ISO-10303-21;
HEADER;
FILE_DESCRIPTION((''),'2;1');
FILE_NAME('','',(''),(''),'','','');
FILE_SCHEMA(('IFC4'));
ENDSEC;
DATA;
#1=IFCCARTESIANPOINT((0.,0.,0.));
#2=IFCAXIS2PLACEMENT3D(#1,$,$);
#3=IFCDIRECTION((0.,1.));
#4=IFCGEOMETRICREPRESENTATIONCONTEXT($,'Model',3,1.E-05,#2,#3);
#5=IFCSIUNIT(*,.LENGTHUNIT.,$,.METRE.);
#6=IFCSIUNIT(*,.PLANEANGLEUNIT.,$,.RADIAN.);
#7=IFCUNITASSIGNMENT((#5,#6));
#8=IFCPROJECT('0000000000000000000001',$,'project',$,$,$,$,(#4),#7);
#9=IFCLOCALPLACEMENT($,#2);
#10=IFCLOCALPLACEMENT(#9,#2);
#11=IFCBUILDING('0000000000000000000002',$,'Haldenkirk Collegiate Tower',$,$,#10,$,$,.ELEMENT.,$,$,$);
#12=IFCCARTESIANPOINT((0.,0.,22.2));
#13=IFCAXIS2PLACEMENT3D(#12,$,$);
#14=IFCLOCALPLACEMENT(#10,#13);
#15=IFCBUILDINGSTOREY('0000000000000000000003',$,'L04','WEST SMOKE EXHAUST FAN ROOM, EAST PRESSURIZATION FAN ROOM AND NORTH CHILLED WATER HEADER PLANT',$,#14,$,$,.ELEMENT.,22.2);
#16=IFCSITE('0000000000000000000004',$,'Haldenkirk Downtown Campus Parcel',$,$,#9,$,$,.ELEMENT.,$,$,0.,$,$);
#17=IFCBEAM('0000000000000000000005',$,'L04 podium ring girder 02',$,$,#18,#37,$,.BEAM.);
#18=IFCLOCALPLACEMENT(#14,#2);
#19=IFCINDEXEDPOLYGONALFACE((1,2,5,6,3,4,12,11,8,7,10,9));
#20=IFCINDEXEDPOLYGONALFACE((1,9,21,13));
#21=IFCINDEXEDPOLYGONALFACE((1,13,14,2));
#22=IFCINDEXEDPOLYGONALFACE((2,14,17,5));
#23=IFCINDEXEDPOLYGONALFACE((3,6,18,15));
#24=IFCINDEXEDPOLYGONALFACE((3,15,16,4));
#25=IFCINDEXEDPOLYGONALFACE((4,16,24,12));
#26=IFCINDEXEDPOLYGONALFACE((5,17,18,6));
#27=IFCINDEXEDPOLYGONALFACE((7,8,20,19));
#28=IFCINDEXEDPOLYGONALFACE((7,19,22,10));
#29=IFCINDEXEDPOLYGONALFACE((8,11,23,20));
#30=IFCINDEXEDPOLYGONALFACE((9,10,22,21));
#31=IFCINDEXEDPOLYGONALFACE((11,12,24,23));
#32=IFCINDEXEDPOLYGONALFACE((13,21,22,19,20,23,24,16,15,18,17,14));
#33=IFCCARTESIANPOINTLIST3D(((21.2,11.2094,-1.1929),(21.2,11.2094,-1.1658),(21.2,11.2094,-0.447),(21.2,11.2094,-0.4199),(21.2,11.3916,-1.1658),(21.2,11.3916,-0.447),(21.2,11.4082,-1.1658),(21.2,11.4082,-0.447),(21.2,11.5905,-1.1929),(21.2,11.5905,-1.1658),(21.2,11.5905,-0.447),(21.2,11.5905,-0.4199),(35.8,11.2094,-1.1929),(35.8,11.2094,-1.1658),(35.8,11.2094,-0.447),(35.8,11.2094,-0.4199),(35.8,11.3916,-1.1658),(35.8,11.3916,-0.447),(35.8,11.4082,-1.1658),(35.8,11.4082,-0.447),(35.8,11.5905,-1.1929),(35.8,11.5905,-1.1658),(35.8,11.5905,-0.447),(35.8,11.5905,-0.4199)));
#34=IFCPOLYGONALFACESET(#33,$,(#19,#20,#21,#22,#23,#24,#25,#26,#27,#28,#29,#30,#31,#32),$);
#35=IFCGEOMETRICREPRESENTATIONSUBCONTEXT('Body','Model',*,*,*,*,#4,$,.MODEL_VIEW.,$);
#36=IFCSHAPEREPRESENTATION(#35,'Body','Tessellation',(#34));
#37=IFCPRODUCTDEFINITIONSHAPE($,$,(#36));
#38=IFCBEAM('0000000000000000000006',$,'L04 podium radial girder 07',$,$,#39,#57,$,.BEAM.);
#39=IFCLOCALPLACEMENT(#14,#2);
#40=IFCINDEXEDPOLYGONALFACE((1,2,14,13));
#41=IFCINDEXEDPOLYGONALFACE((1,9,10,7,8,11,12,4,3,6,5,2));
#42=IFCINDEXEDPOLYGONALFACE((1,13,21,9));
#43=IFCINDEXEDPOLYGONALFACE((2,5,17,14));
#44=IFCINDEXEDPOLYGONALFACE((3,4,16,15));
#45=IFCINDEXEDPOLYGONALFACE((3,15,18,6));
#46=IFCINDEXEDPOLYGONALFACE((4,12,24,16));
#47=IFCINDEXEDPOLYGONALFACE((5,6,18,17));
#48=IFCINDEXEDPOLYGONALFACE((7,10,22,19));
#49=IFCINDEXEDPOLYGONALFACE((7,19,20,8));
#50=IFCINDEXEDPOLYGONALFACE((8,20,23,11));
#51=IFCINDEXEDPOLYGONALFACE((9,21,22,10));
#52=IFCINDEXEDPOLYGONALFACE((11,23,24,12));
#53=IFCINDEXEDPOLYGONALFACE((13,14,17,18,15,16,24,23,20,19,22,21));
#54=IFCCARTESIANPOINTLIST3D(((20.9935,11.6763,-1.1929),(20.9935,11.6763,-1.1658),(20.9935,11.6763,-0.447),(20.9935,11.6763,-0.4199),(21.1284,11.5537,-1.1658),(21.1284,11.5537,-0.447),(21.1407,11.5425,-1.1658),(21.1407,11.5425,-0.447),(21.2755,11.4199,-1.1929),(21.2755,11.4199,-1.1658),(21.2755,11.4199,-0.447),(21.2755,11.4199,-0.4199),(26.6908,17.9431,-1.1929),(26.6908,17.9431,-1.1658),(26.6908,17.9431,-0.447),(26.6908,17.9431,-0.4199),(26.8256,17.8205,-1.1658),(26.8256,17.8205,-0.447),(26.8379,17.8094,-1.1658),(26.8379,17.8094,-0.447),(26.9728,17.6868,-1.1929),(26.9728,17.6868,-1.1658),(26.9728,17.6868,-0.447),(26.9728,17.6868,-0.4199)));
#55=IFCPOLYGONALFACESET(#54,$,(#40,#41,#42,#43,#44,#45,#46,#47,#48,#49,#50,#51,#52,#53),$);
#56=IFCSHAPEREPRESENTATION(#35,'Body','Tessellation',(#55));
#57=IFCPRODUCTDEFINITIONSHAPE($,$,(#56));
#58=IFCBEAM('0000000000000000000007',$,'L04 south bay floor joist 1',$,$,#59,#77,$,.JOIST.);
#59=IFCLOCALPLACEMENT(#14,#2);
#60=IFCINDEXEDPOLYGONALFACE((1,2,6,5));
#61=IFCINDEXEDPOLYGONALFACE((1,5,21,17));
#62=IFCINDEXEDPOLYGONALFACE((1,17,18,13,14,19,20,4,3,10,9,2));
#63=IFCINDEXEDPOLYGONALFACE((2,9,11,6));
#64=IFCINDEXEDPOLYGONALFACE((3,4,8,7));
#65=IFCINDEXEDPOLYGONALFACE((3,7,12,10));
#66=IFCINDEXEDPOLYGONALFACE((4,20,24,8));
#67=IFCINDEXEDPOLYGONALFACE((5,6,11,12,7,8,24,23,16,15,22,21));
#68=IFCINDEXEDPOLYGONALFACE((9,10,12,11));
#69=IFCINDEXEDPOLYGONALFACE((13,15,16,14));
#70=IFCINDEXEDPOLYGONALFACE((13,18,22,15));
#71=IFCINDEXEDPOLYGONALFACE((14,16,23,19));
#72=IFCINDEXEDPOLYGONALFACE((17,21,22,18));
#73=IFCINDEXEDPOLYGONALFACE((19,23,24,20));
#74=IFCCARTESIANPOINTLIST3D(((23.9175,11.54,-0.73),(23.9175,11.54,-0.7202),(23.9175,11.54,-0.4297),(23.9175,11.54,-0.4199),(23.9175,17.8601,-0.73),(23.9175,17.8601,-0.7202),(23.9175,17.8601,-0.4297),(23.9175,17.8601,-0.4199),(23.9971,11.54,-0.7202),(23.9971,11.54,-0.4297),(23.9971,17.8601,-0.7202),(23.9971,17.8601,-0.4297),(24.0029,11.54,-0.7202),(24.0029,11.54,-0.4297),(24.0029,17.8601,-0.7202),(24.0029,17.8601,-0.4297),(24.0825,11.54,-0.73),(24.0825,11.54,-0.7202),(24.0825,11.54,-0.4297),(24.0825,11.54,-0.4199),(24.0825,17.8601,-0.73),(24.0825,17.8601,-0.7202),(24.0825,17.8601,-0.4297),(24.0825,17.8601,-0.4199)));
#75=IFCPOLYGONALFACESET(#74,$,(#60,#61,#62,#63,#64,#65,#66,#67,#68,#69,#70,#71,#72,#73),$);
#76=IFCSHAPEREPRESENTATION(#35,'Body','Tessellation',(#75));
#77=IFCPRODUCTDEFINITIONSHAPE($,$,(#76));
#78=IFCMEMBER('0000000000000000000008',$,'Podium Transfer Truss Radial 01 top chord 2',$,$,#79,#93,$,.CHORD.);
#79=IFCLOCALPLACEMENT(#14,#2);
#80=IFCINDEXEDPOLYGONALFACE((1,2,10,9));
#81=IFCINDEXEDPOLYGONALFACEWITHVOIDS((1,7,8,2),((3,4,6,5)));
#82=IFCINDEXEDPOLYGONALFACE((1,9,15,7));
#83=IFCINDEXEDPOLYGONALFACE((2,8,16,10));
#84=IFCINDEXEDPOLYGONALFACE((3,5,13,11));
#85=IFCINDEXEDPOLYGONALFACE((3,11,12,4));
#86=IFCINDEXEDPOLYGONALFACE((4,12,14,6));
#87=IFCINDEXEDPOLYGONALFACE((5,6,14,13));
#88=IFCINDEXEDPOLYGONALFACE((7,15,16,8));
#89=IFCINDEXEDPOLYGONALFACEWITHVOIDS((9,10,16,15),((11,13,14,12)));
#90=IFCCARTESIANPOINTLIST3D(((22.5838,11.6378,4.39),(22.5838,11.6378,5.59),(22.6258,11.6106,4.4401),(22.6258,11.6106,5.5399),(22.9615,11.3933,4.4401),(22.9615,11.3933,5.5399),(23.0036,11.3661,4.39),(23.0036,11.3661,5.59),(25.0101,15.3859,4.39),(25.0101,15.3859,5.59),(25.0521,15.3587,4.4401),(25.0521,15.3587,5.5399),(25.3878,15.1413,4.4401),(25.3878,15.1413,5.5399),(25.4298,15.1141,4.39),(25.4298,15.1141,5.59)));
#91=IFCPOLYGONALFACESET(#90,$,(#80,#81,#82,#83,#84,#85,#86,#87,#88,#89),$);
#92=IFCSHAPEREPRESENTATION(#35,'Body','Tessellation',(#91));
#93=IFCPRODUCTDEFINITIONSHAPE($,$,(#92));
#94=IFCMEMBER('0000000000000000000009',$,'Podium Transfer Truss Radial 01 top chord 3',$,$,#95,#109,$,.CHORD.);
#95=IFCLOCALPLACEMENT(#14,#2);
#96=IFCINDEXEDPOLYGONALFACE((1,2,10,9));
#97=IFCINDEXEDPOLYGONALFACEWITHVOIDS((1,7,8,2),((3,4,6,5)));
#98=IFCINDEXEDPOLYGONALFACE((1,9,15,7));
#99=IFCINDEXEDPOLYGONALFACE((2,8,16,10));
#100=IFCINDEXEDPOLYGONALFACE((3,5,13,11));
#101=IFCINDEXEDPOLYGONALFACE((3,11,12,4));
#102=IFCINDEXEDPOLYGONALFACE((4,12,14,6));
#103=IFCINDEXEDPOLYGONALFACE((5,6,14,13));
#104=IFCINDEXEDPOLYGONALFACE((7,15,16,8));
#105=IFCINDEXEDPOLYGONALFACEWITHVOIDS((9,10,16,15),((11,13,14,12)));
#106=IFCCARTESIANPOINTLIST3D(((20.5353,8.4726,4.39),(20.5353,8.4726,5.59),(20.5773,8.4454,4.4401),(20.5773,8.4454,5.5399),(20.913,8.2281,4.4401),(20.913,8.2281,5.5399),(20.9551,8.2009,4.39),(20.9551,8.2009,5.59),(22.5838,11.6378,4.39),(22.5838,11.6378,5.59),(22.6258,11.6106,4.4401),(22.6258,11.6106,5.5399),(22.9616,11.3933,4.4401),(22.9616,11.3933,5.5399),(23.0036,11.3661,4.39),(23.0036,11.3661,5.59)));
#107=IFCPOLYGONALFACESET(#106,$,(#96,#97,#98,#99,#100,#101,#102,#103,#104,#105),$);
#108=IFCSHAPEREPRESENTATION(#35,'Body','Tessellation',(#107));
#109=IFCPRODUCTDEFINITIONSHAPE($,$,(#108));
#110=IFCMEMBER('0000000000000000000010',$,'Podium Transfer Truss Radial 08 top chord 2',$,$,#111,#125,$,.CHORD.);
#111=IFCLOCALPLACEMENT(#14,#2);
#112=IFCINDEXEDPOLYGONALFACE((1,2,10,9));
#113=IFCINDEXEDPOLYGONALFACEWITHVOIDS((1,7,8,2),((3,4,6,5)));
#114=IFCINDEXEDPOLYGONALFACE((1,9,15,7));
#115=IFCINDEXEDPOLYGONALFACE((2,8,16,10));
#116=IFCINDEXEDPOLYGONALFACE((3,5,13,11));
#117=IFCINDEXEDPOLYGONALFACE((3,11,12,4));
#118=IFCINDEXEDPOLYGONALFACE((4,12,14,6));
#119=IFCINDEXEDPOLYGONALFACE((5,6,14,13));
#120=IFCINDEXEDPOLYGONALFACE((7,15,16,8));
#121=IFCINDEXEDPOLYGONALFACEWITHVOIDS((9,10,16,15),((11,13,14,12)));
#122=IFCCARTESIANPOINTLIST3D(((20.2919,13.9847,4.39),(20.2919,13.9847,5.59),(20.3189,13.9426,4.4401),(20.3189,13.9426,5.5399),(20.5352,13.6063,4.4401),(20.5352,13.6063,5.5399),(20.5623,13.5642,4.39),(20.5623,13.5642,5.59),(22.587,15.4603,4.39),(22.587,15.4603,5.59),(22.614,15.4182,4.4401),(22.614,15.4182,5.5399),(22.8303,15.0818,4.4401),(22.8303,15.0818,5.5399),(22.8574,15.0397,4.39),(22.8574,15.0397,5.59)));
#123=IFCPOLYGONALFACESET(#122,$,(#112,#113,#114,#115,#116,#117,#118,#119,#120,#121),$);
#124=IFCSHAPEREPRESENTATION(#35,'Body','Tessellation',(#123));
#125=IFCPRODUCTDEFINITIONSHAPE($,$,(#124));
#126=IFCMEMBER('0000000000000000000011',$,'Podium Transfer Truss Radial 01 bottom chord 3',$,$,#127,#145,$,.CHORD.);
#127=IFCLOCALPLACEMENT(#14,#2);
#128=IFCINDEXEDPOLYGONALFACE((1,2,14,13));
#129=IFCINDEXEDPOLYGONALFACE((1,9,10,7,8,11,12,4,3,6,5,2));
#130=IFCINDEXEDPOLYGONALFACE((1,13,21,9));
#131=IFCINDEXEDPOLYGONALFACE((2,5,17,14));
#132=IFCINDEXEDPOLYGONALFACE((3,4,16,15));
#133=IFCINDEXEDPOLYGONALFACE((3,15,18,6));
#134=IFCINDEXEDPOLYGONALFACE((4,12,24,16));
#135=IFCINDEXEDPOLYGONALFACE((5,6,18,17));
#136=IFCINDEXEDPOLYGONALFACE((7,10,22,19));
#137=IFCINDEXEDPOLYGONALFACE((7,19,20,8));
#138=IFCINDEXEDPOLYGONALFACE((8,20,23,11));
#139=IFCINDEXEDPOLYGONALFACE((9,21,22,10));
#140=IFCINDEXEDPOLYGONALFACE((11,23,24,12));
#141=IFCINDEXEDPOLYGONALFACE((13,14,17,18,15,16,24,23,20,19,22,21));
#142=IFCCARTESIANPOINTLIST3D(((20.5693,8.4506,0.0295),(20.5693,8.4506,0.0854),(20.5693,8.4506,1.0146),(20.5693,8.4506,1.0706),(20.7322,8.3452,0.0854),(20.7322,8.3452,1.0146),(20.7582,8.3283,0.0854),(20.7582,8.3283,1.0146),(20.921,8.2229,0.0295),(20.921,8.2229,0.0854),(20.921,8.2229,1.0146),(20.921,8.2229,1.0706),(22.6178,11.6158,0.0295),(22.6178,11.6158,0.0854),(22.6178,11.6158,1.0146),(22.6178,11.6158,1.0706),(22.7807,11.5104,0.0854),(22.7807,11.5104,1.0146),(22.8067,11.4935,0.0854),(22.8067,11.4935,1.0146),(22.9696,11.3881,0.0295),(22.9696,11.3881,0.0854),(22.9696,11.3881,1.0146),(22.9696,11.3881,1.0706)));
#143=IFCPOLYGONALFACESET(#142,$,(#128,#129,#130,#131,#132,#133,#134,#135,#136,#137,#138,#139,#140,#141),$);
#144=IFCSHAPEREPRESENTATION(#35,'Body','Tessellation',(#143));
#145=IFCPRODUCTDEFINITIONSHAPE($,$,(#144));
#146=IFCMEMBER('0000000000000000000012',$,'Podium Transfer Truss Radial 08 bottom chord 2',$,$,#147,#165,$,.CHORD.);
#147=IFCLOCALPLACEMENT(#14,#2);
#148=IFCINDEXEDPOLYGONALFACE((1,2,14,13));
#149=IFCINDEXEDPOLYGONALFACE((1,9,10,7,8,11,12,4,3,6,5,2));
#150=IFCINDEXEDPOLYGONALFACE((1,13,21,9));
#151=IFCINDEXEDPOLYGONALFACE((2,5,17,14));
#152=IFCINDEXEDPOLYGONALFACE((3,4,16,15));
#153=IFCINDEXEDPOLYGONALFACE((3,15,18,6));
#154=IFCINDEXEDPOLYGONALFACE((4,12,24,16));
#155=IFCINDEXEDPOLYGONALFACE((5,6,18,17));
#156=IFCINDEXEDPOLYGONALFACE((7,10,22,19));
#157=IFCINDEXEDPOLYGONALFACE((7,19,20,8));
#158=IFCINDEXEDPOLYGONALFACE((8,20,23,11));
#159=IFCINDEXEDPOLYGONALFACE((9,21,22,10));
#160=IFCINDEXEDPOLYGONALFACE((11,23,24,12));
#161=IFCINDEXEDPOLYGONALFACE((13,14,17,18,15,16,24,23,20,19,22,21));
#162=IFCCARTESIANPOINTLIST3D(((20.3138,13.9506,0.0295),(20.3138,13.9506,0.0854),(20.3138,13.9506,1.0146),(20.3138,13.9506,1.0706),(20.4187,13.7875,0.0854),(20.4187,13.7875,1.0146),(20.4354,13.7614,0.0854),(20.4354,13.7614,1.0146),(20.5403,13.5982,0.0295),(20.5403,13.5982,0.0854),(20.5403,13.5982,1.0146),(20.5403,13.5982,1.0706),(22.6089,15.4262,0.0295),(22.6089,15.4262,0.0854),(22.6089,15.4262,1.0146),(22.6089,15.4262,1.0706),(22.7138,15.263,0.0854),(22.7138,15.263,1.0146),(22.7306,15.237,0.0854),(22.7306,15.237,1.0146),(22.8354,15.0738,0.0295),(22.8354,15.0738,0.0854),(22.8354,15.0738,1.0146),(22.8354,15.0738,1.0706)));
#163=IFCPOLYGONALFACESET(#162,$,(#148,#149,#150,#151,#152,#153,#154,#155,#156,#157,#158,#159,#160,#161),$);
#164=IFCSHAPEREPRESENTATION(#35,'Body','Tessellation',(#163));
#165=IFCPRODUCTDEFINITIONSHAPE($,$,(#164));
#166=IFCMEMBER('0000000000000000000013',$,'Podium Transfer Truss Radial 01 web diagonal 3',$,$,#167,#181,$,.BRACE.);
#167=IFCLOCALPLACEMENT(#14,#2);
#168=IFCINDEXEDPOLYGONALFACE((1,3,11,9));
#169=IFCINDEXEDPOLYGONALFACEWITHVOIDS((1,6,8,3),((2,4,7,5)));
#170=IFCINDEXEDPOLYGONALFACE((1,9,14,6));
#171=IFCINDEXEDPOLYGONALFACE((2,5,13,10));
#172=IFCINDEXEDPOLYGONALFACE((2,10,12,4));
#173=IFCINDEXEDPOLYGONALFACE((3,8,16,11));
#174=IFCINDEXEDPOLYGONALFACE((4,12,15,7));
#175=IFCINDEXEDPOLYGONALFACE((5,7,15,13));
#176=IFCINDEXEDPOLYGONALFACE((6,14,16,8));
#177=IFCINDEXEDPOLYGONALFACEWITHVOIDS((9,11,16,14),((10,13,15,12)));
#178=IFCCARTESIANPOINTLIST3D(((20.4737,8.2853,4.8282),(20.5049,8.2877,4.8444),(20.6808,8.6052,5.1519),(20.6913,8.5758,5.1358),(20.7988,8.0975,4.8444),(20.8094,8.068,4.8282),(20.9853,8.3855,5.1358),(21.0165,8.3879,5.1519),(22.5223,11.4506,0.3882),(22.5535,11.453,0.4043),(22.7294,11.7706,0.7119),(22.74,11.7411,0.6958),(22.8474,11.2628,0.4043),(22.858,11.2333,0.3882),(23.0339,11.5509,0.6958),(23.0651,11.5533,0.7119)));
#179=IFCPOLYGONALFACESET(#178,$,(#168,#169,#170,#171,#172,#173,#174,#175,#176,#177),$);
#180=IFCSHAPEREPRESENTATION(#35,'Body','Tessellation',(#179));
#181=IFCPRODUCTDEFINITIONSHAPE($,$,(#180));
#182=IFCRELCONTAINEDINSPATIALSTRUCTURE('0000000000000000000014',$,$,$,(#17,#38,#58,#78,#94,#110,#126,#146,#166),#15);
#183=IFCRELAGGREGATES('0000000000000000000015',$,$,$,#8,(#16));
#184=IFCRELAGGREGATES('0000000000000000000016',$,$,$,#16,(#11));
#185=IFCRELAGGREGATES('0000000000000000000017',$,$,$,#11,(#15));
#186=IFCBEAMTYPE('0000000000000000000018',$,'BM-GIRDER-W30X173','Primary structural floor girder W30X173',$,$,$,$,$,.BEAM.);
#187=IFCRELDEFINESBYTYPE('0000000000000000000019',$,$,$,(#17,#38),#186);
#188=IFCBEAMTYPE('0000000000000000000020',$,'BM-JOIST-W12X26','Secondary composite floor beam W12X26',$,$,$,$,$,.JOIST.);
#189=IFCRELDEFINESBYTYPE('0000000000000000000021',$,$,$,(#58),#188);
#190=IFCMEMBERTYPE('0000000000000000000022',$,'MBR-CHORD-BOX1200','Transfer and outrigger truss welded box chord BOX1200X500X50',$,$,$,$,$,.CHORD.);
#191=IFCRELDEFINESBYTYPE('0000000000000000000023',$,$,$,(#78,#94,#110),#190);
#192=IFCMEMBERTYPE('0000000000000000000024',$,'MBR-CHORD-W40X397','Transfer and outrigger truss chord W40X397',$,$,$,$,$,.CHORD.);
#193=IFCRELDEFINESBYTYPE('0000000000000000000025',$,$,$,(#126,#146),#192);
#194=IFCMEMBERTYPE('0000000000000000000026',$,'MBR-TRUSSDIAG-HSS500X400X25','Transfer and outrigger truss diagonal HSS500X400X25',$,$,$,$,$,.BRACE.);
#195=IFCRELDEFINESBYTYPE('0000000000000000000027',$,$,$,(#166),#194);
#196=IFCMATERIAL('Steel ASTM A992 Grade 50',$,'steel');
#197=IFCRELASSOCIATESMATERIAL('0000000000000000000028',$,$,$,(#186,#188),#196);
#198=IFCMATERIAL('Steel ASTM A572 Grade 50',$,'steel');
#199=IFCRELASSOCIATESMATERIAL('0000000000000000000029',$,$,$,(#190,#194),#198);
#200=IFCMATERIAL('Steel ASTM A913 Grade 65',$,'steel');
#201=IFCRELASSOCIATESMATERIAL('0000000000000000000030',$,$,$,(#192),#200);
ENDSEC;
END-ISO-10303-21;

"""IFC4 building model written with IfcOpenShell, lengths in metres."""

from ifc_helpers import new_model, si_unit, direction, frame, origin, origin_2d, place, context, subcontext, project, spatial, hollow_rectangle, i_section, extrude, material, material_profile, profile_set, type_object, element, save


model = new_model("IFC4")

# Units and contexts
model_context = context("Model", 3, precision=1e-05, world=origin(), true_north=direction((0.0, 1.0)))
body_context = subcontext(model_context, "Body", "Model", "MODEL_VIEW")
ifc_project = project(units=[si_unit("LENGTHUNIT", "METRE"), si_unit("PLANEANGLEUNIT", "RADIAN")], contexts=[model_context])

# Site, building, storey
site_placement = place(None, origin())
site = spatial("IfcSite", under=ifc_project, at=site_placement, Name="Haldenkirk Downtown Campus Parcel", CompositionType="ELEMENT", RefElevation=0.0)
building_placement = place(site_placement, origin())
building = spatial("IfcBuilding", under=site, at=building_placement, Name="Haldenkirk Collegiate Tower", CompositionType="ELEMENT")
storey_placement = place(building_placement, frame((0.0, 0.0, 22.2)))
storey = spatial("IfcBuildingStorey", under=building, at=storey_placement, Name="L04", Description="WEST SMOKE EXHAUST FAN ROOM, EAST PRESSURIZATION FAN ROOM AND NORTH CHILLED WATER HEADER PLANT", CompositionType="ELEMENT", Elevation=22.2)

# Beams
ifc_material_1 = material(Name="Steel ASTM A992 Grade 50", Category="steel")
ifc_material_profile_1 = material_profile(ifc_material_1, i_section(OverallWidth=0.3811, OverallDepth=0.7729, WebThickness=0.0166, FlangeThickness=0.0271, at=origin_2d()), Name="W30X173")
ifc_profile_set_1 = profile_set([ifc_material_profile_1], Name="Steel ASTM A992 Grade 50")
beam_type_1 = type_object("IfcBeamType", Name="BM-GIRDER-W30X173", Description="Primary structural floor girder W30X173", PredefinedType="BEAM", material=ifc_profile_set_1)
beam_1_placement = place(storey_placement, frame((21.2, 11.3999, -0.8064), z_axis=(1.0, 0.0, 0.0), x_axis=(0.0, 1.0, 0.0)))
element("IfcBeam", 1, at=beam_1_placement, inside=storey, type_object=beam_type_1, Name="L04 podium ring girder 02", PredefinedType="BEAM", context=body_context, shape_type="SweptSolid", body=[
    extrude(i_section(OverallWidth=0.3811, OverallDepth=0.7729, WebThickness=0.0166, FlangeThickness=0.0271, at=origin_2d()), origin(), (0.0, 0.0, 1.0), 14.6001),
])
beam_2_placement = place(storey_placement, frame((21.1345, 11.5481, -0.8064), z_axis=(0.672681, 0.739932, 0.0), x_axis=(-0.739932, 0.672681, 0.0)))
element("IfcBeam", 2, at=beam_2_placement, inside=storey, type_object=beam_type_1, Name="L04 podium radial girder 07", PredefinedType="BEAM", context=body_context, shape_type="SweptSolid", body=[
    extrude(i_section(OverallWidth=0.3811, OverallDepth=0.7729, WebThickness=0.0166, FlangeThickness=0.0271, at=origin_2d()), origin(), (0.0, 0.0, 1.0), 8.4695),
])
ifc_material_profile_2 = material_profile(ifc_material_1, i_section(OverallWidth=0.165, OverallDepth=0.3101, WebThickness=0.0059, FlangeThickness=0.0098, at=origin_2d()), Name="W12X26")
ifc_profile_set_2 = profile_set([ifc_material_profile_2], Name="Steel ASTM A992 Grade 50")
beam_type_2 = type_object("IfcBeamType", Name="BM-JOIST-W12X26", Description="Secondary composite floor beam W12X26", PredefinedType="JOIST", material=ifc_profile_set_2)
beam_3_placement = place(storey_placement, frame((24.0, 11.54, -0.575), z_axis=(0.0, 1.0, 0.0), x_axis=(-1.0, 0.0, 0.0)))
element("IfcBeam", 3, at=beam_3_placement, inside=storey, type_object=beam_type_2, Name="L04 south bay floor joist 1", PredefinedType="JOIST", context=body_context, shape_type="SweptSolid", body=[
    extrude(i_section(OverallWidth=0.165, OverallDepth=0.3101, WebThickness=0.0059, FlangeThickness=0.0098, at=origin_2d()), origin(), (0.0, 0.0, 1.0), 6.3201),
])

# Members
ifc_material_2 = material(Name="Steel ASTM A572 Grade 50", Category="steel")
ifc_material_profile_3 = material_profile(ifc_material_2, hollow_rectangle(XDim=0.5, YDim=1.2, WallThickness=0.05, at=origin_2d()), Name="BOX1200X500X50")
ifc_profile_set_3 = profile_set([ifc_material_profile_3], Name="Steel ASTM A572 Grade 50")
member_type_1 = type_object("IfcMemberType", Name="MBR-CHORD-BOX1200", Description="Transfer and outrigger truss welded box chord BOX1200X500X50", PredefinedType="CHORD", material=ifc_profile_set_3)
member_1_placement = place(storey_placement, frame((25.22, 15.25, 4.99), z_axis=(-0.543419, -0.839462, 0.0), x_axis=(0.839462, -0.543419, 0.0)))
element("IfcMember", 4, at=member_1_placement, inside=storey, type_object=member_type_1, Name="Podium Transfer Truss Radial 01 top chord 2", PredefinedType="CHORD", context=body_context, shape_type="SweptSolid", body=[
    extrude(hollow_rectangle(XDim=0.5, YDim=1.2, WallThickness=0.05, at=origin_2d()), origin(), (0.0, 0.0, 1.0), 4.4648),
])
member_2_placement = place(storey_placement, frame((22.7937, 11.502, 4.99), z_axis=(-0.543337, -0.839515, 0.0), x_axis=(0.839515, -0.543337, 0.0)))
element("IfcMember", 5, at=member_2_placement, inside=storey, type_object=member_type_1, Name="Podium Transfer Truss Radial 01 top chord 3", PredefinedType="CHORD", context=body_context, shape_type="SweptSolid", body=[
    extrude(hollow_rectangle(XDim=0.5, YDim=1.2, WallThickness=0.05, at=origin_2d()), origin(), (0.0, 0.0, 1.0), 3.7703),
])
member_3_placement = place(storey_placement, frame((22.7222, 15.25, 4.99), z_axis=(-0.841158, -0.540789, 0.0), x_axis=(0.540789, -0.841158, 0.0)))
element("IfcMember", 6, at=member_3_placement, inside=storey, type_object=member_type_1, Name="Podium Transfer Truss Radial 08 top chord 2", PredefinedType="CHORD", context=body_context, shape_type="SweptSolid", body=[
    extrude(hollow_rectangle(XDim=0.5, YDim=1.2, WallThickness=0.05, at=origin_2d()), origin(), (0.0, 0.0, 1.0), 2.7285),
])
ifc_material_3 = material(Name="Steel ASTM A913 Grade 65", Category="steel")
ifc_material_profile_4 = material_profile(ifc_material_3, i_section(OverallWidth=0.4189, OverallDepth=1.041, WebThickness=0.031, FlangeThickness=0.0559, at=origin_2d()), Name="W40X397")
ifc_profile_set_4 = profile_set([ifc_material_profile_4], Name="Steel ASTM A913 Grade 65")
member_type_2 = type_object("IfcMemberType", Name="MBR-CHORD-W40X397", Description="Transfer and outrigger truss chord W40X397", PredefinedType="CHORD", material=ifc_profile_set_4)
member_4_placement = place(storey_placement, frame((22.7937, 11.502, 0.55), z_axis=(-0.543337, -0.839515, 0.0), x_axis=(0.839515, -0.543337, 0.0)))
element("IfcMember", 7, at=member_4_placement, inside=storey, type_object=member_type_2, Name="Podium Transfer Truss Radial 01 bottom chord 3", PredefinedType="CHORD", context=body_context, shape_type="SweptSolid", body=[
    extrude(i_section(OverallWidth=0.4189, OverallDepth=1.041, WebThickness=0.031, FlangeThickness=0.0559, at=origin_2d()), origin(), (0.0, 0.0, 1.0), 3.7703),
])
member_5_placement = place(storey_placement, frame((22.7222, 15.25, 0.55), z_axis=(-0.841158, -0.540789, 0.0), x_axis=(0.540789, -0.841158, 0.0)))
element("IfcMember", 8, at=member_5_placement, inside=storey, type_object=member_type_2, Name="Podium Transfer Truss Radial 08 bottom chord 2", PredefinedType="CHORD", context=body_context, shape_type="SweptSolid", body=[
    extrude(i_section(OverallWidth=0.4189, OverallDepth=1.041, WebThickness=0.031, FlangeThickness=0.0559, at=origin_2d()), origin(), (0.0, 0.0, 1.0), 2.7285),
])
ifc_material_profile_5 = material_profile(ifc_material_2, hollow_rectangle(XDim=0.3999, YDim=0.5, WallThickness=0.0249, at=origin_2d()), Name="HSS500X400X25")
ifc_profile_set_5 = profile_set([ifc_material_profile_5], Name="Steel ASTM A572 Grade 50")
member_type_3 = type_object("IfcMemberType", Name="MBR-TRUSSDIAG-HSS500X400X25", Description="Transfer and outrigger truss diagonal HSS500X400X25", PredefinedType="BRACE", material=ifc_profile_set_5)
member_6_placement = place(storey_placement, frame((22.7937, 11.502, 0.55), z_axis=(-0.351698, -0.543411, 0.762242), x_axis=(0.839515, -0.543337, 0.0)))
element("IfcMember", 9, at=member_6_placement, inside=storey, type_object=member_type_3, Name="Podium Transfer Truss Radial 01 web diagonal 3", PredefinedType="BRACE", context=body_context, shape_type="SweptSolid", body=[
    extrude(hollow_rectangle(XDim=0.3999, YDim=0.5, WallThickness=0.0249, at=origin_2d()), origin(), (0.0, 0.0, 1.0), 5.825),
])

save(model, "model.ifc")
